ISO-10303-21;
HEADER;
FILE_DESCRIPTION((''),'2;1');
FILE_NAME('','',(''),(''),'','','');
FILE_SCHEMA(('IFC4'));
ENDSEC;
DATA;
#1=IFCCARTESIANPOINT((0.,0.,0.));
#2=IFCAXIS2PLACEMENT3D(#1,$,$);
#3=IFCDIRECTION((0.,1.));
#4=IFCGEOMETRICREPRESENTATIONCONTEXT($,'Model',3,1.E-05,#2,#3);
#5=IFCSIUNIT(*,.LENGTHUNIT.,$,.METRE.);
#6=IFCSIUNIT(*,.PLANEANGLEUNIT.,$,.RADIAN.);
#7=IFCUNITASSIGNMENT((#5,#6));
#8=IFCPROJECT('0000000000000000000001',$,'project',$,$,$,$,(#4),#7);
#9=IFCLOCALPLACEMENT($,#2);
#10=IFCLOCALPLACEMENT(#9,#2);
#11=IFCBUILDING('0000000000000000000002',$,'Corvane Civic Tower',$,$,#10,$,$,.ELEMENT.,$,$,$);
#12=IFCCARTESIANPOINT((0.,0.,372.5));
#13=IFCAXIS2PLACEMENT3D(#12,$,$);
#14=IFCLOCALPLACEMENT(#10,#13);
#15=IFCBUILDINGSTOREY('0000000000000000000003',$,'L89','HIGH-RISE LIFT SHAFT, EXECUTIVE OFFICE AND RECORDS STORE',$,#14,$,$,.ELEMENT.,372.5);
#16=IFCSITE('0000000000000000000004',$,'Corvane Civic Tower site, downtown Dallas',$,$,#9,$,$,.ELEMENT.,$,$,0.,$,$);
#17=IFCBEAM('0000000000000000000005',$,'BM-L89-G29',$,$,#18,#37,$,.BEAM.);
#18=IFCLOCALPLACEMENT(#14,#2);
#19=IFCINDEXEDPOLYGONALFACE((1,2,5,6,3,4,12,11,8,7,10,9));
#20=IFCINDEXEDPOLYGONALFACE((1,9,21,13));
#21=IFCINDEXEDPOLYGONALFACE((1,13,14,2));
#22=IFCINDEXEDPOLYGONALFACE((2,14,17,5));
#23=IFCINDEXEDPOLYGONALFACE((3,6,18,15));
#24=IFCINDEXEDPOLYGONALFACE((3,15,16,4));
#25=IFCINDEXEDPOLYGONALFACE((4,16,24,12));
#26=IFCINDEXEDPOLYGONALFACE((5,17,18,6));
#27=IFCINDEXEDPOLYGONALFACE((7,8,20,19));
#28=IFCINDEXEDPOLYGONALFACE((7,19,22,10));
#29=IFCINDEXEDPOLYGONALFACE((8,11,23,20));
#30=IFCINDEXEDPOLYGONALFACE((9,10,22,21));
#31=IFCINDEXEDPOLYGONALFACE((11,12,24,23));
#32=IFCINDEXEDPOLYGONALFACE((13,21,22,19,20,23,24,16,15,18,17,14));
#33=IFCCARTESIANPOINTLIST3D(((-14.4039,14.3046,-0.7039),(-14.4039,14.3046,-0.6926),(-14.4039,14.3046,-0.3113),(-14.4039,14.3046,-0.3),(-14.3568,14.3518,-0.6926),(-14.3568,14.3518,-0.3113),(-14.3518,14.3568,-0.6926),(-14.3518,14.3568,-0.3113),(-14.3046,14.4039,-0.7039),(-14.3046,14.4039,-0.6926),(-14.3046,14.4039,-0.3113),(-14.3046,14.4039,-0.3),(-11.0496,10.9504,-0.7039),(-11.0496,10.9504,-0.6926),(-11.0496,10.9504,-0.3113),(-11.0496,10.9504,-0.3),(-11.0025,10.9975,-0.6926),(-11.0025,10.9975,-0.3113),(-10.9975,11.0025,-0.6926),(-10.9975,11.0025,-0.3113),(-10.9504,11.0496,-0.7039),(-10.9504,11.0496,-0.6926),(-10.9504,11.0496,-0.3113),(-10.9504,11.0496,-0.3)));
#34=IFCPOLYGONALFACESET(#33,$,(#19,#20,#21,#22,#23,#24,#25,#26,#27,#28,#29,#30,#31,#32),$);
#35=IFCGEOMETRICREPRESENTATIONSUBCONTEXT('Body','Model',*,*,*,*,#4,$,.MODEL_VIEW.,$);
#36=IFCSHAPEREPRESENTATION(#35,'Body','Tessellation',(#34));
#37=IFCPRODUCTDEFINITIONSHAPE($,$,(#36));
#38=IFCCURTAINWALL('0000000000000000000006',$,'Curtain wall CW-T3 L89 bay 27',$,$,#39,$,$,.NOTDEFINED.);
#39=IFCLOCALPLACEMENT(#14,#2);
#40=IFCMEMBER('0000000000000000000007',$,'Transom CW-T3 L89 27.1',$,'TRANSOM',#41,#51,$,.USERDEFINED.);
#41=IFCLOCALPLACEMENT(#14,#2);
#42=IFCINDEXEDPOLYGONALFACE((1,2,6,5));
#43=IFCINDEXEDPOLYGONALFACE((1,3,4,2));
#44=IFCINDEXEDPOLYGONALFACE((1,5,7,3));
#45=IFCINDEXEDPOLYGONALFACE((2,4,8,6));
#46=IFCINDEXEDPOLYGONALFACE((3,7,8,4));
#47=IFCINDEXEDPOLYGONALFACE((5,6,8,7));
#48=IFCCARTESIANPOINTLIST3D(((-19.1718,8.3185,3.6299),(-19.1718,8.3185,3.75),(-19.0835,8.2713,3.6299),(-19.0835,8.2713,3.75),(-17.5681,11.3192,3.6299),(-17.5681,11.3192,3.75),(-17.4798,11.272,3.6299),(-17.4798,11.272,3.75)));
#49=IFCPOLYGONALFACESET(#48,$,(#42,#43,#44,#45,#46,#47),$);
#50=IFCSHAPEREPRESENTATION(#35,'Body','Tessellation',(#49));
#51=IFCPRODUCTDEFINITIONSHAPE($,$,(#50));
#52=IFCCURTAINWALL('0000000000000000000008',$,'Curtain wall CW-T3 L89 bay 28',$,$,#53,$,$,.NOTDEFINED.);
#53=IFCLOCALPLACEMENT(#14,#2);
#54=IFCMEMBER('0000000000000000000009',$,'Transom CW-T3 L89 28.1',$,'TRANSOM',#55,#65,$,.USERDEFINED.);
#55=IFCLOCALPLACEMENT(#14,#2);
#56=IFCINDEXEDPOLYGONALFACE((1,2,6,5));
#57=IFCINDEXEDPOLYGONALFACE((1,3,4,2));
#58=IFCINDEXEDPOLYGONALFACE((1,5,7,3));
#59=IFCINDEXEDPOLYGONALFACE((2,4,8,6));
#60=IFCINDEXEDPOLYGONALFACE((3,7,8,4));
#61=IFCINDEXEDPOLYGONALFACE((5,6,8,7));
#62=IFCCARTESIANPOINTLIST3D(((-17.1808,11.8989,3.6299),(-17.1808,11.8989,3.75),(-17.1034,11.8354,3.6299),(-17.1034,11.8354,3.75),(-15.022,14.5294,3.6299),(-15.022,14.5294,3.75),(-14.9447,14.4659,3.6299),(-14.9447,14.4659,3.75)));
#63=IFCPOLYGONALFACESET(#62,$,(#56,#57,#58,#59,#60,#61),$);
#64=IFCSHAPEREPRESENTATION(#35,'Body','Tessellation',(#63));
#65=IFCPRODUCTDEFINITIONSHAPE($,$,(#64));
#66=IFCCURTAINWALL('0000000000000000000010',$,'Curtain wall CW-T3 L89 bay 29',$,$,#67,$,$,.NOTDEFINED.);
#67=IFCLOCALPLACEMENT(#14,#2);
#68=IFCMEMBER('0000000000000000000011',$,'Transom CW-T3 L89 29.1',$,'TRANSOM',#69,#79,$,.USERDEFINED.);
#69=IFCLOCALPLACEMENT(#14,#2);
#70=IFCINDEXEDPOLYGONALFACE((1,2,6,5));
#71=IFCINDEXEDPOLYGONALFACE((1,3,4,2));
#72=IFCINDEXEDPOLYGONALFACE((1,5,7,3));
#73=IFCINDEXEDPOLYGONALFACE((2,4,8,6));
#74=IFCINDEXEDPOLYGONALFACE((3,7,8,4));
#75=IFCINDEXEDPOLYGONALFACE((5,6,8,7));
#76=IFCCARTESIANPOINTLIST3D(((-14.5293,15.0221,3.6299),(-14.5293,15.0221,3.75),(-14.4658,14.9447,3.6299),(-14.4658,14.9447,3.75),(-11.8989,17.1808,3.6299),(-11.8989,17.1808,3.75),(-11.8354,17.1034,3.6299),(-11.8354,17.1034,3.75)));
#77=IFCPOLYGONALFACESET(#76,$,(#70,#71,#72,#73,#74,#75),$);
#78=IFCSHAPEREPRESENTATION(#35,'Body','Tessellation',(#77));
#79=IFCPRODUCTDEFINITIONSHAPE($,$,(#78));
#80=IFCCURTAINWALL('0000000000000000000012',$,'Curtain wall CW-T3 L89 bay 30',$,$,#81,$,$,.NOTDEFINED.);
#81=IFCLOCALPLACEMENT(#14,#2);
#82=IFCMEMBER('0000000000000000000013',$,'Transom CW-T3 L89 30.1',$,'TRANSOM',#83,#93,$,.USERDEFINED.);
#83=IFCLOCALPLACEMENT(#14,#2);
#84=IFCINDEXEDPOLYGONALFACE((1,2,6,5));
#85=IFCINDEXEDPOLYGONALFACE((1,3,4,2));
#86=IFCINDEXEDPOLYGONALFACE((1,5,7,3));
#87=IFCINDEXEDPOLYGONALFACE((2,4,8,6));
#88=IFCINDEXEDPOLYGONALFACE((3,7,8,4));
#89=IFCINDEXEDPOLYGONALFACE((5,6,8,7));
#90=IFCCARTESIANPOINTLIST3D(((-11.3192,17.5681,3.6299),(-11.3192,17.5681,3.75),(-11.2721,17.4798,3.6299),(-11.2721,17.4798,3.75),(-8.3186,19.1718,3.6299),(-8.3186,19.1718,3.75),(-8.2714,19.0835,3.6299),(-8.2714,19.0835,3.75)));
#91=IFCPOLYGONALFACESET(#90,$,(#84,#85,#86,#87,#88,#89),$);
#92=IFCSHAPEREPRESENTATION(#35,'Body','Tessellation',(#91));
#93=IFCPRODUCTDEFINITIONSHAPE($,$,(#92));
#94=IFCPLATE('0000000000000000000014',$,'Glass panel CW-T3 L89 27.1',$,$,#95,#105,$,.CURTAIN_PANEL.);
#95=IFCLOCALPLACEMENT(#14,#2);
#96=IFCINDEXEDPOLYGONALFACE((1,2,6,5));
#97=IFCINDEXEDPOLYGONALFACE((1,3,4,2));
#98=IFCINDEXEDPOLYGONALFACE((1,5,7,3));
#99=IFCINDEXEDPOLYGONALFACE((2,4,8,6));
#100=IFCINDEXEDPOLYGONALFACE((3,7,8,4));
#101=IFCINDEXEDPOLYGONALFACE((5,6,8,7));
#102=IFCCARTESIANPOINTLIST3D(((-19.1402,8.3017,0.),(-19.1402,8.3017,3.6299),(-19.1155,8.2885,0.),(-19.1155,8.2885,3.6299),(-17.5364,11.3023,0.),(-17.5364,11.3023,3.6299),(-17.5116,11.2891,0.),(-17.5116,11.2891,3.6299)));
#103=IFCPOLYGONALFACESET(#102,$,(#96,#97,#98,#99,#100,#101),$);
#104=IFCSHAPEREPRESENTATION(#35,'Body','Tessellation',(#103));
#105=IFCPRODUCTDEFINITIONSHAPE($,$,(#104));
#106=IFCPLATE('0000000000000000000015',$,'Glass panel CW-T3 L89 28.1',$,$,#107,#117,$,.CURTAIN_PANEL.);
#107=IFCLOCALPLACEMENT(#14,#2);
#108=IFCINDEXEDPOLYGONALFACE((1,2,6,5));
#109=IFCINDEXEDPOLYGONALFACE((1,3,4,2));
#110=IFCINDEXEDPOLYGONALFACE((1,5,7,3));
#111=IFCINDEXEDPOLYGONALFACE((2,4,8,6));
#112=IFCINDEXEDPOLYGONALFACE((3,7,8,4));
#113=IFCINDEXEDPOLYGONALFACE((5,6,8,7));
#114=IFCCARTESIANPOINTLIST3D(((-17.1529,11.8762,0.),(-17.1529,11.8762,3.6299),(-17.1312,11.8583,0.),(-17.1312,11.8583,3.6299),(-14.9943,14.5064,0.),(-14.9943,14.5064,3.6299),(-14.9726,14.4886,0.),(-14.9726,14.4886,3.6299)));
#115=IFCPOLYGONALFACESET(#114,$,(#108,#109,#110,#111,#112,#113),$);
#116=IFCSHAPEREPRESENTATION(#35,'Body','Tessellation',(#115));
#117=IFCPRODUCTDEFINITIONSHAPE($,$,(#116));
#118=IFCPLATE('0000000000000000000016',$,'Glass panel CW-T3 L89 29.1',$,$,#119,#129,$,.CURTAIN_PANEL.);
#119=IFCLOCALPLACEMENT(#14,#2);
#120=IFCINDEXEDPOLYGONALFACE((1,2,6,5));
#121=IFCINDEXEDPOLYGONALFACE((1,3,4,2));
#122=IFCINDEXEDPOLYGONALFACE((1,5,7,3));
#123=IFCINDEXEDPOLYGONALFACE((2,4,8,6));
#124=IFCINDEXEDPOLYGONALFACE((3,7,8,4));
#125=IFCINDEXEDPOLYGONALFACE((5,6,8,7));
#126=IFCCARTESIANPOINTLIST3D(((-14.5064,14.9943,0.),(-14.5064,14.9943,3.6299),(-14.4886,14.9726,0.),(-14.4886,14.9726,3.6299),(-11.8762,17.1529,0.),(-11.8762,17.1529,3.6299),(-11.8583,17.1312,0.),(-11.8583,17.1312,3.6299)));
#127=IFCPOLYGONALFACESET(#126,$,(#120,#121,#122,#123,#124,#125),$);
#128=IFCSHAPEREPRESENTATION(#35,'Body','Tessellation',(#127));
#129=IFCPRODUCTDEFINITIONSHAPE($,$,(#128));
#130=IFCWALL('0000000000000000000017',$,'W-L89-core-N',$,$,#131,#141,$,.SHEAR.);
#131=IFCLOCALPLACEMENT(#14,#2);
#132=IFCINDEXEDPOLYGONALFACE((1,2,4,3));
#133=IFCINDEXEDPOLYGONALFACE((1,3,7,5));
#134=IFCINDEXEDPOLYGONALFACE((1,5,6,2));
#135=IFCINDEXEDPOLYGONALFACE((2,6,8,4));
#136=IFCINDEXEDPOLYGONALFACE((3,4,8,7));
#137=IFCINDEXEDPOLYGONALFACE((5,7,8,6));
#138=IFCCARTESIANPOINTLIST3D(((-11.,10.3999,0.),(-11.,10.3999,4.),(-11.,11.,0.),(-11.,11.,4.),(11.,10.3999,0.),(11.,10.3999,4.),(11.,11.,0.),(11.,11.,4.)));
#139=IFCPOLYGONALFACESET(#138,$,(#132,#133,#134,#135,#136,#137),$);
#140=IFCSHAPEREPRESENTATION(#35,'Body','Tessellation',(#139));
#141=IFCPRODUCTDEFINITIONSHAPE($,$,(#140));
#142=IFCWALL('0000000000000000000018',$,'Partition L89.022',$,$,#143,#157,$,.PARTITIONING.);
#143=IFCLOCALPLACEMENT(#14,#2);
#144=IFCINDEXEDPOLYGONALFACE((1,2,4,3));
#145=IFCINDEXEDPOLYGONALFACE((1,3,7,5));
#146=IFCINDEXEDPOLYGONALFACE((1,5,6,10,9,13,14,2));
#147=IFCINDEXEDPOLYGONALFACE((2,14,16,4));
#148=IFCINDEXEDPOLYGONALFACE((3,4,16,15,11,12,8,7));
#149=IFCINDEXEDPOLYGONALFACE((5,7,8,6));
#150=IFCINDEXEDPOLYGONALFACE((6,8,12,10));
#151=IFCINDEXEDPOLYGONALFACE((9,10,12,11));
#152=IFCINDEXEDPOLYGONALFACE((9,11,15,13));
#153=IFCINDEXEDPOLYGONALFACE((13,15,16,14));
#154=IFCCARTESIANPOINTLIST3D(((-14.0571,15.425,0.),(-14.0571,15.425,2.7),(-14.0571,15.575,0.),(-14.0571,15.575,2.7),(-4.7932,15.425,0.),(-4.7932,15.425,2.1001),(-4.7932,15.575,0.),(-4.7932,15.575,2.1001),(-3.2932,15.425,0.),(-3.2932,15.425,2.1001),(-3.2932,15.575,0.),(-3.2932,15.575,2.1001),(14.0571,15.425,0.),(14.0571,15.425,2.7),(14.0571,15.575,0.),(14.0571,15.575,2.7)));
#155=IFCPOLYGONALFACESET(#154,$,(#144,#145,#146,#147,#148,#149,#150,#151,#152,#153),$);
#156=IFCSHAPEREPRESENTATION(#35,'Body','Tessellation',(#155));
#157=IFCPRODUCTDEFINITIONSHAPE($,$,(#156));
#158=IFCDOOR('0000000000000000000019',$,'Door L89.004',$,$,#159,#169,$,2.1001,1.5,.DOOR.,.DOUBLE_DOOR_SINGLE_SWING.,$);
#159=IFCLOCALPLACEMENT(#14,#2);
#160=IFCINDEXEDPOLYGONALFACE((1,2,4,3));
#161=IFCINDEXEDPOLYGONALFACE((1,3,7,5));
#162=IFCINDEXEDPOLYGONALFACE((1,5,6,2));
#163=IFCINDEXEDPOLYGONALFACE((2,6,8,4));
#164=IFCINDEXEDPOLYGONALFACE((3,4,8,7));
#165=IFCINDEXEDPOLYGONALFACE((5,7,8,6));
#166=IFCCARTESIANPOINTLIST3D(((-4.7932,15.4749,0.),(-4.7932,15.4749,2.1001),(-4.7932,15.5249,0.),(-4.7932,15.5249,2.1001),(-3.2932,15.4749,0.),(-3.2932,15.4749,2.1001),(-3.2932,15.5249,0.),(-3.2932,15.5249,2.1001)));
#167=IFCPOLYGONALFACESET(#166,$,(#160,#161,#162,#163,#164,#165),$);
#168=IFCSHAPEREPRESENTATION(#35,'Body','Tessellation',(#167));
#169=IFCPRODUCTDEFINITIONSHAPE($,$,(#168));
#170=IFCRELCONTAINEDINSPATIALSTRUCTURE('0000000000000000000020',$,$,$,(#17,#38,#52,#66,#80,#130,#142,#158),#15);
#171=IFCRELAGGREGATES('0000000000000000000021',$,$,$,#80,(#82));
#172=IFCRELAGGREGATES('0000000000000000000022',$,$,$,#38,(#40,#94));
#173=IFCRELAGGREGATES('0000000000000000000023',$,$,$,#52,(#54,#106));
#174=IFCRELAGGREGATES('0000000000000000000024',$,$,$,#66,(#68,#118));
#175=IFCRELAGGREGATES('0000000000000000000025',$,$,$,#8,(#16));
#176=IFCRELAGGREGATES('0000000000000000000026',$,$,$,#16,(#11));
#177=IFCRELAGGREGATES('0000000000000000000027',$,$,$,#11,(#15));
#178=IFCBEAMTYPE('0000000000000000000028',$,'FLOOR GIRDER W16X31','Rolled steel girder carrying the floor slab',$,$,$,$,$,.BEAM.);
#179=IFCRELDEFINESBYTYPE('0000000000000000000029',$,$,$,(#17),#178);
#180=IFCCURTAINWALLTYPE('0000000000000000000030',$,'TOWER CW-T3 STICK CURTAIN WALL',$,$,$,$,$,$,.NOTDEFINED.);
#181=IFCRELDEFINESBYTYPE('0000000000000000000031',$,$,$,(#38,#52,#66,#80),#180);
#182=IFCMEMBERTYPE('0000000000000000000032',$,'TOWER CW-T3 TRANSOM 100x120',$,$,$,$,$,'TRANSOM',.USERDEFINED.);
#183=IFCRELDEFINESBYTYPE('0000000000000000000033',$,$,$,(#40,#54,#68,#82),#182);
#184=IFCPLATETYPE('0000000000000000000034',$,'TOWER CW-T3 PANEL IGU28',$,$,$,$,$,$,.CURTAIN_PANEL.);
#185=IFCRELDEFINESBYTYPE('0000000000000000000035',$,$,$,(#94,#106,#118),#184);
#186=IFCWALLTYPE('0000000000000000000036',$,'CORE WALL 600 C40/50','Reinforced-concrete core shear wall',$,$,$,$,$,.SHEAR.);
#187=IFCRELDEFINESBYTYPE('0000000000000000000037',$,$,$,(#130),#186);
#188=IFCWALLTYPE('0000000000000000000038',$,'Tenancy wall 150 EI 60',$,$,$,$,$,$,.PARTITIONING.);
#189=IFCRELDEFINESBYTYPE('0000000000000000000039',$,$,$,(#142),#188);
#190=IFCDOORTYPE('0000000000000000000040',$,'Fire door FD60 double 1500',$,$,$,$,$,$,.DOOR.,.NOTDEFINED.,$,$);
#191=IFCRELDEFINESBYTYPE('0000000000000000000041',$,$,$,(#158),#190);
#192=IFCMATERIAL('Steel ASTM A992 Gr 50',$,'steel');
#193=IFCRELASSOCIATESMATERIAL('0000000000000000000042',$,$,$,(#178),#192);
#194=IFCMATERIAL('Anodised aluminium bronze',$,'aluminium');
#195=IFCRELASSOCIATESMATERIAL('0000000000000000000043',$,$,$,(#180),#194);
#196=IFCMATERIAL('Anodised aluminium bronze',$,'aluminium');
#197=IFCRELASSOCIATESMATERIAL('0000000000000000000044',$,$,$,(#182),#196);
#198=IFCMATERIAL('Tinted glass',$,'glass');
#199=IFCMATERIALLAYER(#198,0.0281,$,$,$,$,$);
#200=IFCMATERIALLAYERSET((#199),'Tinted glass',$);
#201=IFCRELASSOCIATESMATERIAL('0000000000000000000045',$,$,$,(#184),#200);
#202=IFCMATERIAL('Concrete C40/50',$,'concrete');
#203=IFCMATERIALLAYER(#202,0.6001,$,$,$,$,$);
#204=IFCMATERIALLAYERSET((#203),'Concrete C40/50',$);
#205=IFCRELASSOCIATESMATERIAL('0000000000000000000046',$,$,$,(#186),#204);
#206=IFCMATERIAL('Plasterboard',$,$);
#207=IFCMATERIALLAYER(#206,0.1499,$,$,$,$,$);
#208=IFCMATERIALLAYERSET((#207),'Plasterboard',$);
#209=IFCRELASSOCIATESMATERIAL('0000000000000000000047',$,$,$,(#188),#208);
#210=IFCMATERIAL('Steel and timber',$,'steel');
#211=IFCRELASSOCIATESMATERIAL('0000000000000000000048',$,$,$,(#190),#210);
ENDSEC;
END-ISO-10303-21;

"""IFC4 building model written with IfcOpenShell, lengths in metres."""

from ifc_helpers import new_model, si_unit, direction, frame, frame_2d, origin, origin_2d, place, context, subcontext, project, spatial, rectangle, i_section, extrude, material, layer, layer_set, material_profile, profile_set, type_object, element, fill, aggregate, save


model = new_model("IFC4")

# Units and contexts
model_context = context("Model", 3, precision=1e-05, world=origin(), true_north=direction((0.0, 1.0)))
body_context = subcontext(model_context, "Body", "Model", "MODEL_VIEW")
ifc_project = project(units=[si_unit("LENGTHUNIT", "METRE"), si_unit("PLANEANGLEUNIT", "RADIAN")], contexts=[model_context])

# Site, building, storey
site_placement = place(None, origin())
site = spatial("IfcSite", under=ifc_project, at=site_placement, Name="Corvane Civic Tower site, downtown Dallas", CompositionType="ELEMENT", RefElevation=0.0)
building_placement = place(site_placement, origin())
building = spatial("IfcBuilding", under=site, at=building_placement, Name="Corvane Civic Tower", CompositionType="ELEMENT")
storey_placement = place(building_placement, frame((0.0, 0.0, 372.5)))
storey = spatial("IfcBuildingStorey", under=building, at=storey_placement, Name="L89", Description="HIGH-RISE LIFT SHAFT, EXECUTIVE OFFICE AND RECORDS STORE", CompositionType="ELEMENT", Elevation=372.5)

# Beam
ifc_material_1 = material(Name="Steel ASTM A992 Gr 50", Category="steel")
ifc_material_profile_1 = material_profile(ifc_material_1, i_section(OverallWidth=0.1404, OverallDepth=0.4038, WebThickness=0.0071, FlangeThickness=0.0112, at=origin_2d()), Name="W16X31")
ifc_profile_set_1 = profile_set([ifc_material_profile_1], Name="Steel ASTM A992 Gr 50")
beam_type_1 = type_object("IfcBeamType", Name="FLOOR GIRDER W16X31", Description="Rolled steel girder carrying the floor slab", PredefinedType="BEAM", material=ifc_profile_set_1)
beam_placement = place(storey_placement, frame((-11.0, 11.0, -0.502), z_axis=(-0.707107, 0.707107, 0.0), x_axis=(-0.707107, -0.707107, 0.0)))
element("IfcBeam", 1, at=beam_placement, inside=storey, type_object=beam_type_1, Name="BM-L89-G29", PredefinedType="BEAM", context=body_context, shape_type="SweptSolid", body=[
    extrude(i_section(OverallWidth=0.1404, OverallDepth=0.4038, WebThickness=0.0071, FlangeThickness=0.0112, at=origin_2d()), origin(), (0.0, 0.0, 1.0), 4.7437),
])

# Curtain walls, members
ifc_material_2 = material(Name="Anodised aluminium bronze", Category="aluminium")
curtain_wall_type = type_object("IfcCurtainWallType", Name="TOWER CW-T3 STICK CURTAIN WALL", PredefinedType="NOTDEFINED", material=ifc_material_2)
curtain_wall_1_placement = place(storey_placement, origin())
curtain_wall_1 = element("IfcCurtainWall", 2, at=curtain_wall_1_placement, inside=storey, type_object=curtain_wall_type, Name="Curtain wall CW-T3 L89 bay 27", PredefinedType="NOTDEFINED")
ifc_material_3 = material(Name="Anodised aluminium bronze", Category="aluminium")
ifc_material_profile_2 = material_profile(ifc_material_3, rectangle(XDim=0.1001, YDim=0.1201, at=origin_2d()), Name="TOWER CW-T3 TRANSOM 100x120")
ifc_profile_set_2 = profile_set([ifc_material_profile_2], Name="Anodised aluminium bronze")
member_type = type_object("IfcMemberType", Name="TOWER CW-T3 TRANSOM 100x120", ElementType="TRANSOM", PredefinedType="USERDEFINED", material=ifc_profile_set_2)
member_1_placement = place(storey_placement, frame((-19.1277, 8.2949, 3.6899), z_axis=(0.471359, 0.881941, 0.0), x_axis=(-0.881941, 0.471359, 0.0)))
member_1 = element("IfcMember", 3, at=member_1_placement, type_object=member_type, Name="Transom CW-T3 L89 27.1", ObjectType="TRANSOM", PredefinedType="USERDEFINED", context=body_context, shape_type="SweptSolid", body=[
    extrude(rectangle(XDim=0.1001, YDim=0.1201, at=origin_2d()), origin(), (0.0, 0.0, 1.0), 3.4023),
])
curtain_wall_2_placement = place(storey_placement, origin())
curtain_wall_2 = element("IfcCurtainWall", 4, at=curtain_wall_2_placement, inside=storey, type_object=curtain_wall_type, Name="Curtain wall CW-T3 L89 bay 28", PredefinedType="NOTDEFINED")
member_2_placement = place(storey_placement, frame((-17.1421, 11.8672, 3.6899), z_axis=(0.634394, 0.77301, 0.0), x_axis=(-0.77301, 0.634394, 0.0)))
member_2 = element("IfcMember", 5, at=member_2_placement, type_object=member_type, Name="Transom CW-T3 L89 28.1", ObjectType="TRANSOM", PredefinedType="USERDEFINED", context=body_context, shape_type="SweptSolid", body=[
    extrude(rectangle(XDim=0.1001, YDim=0.1201, at=origin_2d()), origin(), (0.0, 0.0, 1.0), 3.4028),
])
curtain_wall_3_placement = place(storey_placement, origin())
curtain_wall_3 = element("IfcCurtainWall", 6, at=curtain_wall_3_placement, inside=storey, type_object=curtain_wall_type, Name="Curtain wall CW-T3 L89 bay 29", PredefinedType="NOTDEFINED")
member_3_placement = place(storey_placement, frame((-14.4976, 14.9834, 3.6899), z_axis=(0.77301, 0.634394, 0.0), x_axis=(-0.634394, 0.77301, 0.0)))
member_3 = element("IfcMember", 7, at=member_3_placement, type_object=member_type, Name="Transom CW-T3 L89 29.1", ObjectType="TRANSOM", PredefinedType="USERDEFINED", context=body_context, shape_type="SweptSolid", body=[
    extrude(rectangle(XDim=0.1001, YDim=0.1201, at=origin_2d()), origin(), (0.0, 0.0, 1.0), 3.4028),
])
curtain_wall_4_placement = place(storey_placement, origin())
curtain_wall_4 = element("IfcCurtainWall", 8, at=curtain_wall_4_placement, inside=storey, type_object=curtain_wall_type, Name="Curtain wall CW-T3 L89 bay 30", PredefinedType="NOTDEFINED")
member_4_placement = place(storey_placement, frame((-11.2957, 17.5239, 3.6899), z_axis=(0.881941, 0.471359, 0.0), x_axis=(-0.471359, 0.881941, 0.0)))
member_4 = element("IfcMember", 9, at=member_4_placement, type_object=member_type, Name="Transom CW-T3 L89 30.1", ObjectType="TRANSOM", PredefinedType="USERDEFINED", context=body_context, shape_type="SweptSolid", body=[
    extrude(rectangle(XDim=0.1001, YDim=0.1201, at=origin_2d()), origin(), (0.0, 0.0, 1.0), 3.4023),
])
aggregate(curtain_wall_4, [member_4])

# Plates
ifc_material_4 = material(Name="Tinted glass", Category="glass")
ifc_layer_1 = layer(ifc_material_4, 0.0281)
ifc_layer_set_1 = layer_set([ifc_layer_1], Name="Tinted glass")
plate_type = type_object("IfcPlateType", Name="TOWER CW-T3 PANEL IGU28", PredefinedType="CURTAIN_PANEL", material=ifc_layer_set_1)
plate_1_placement = place(storey_placement, frame((-18.3259, 9.7954, 0.0), z_axis=(0.0, 0.0, 1.0), x_axis=(0.471384, 0.881928, 0.0)))
plate_1 = element("IfcPlate", 10, at=plate_1_placement, type_object=plate_type, Name="Glass panel CW-T3 L89 27.1", PredefinedType="CURTAIN_PANEL", context=body_context, shape_type="SweptSolid", body=[
    extrude(rectangle(XDim=3.4023, YDim=0.0281, at=origin_2d()), origin(), (0.0, 0.0, 1.0), 3.6299),
])
aggregate(curtain_wall_1, [member_1, plate_1])
plate_2_placement = place(storey_placement, frame((-16.0627, 13.1824, 0.0), z_axis=(0.0, 0.0, 1.0), x_axis=(0.634393, 0.77301, 0.0)))
plate_2 = element("IfcPlate", 11, at=plate_2_placement, type_object=plate_type, Name="Glass panel CW-T3 L89 28.1", PredefinedType="CURTAIN_PANEL", context=body_context, shape_type="SweptSolid", body=[
    extrude(rectangle(XDim=3.4026, YDim=0.0281, at=origin_2d()), origin(), (0.0, 0.0, 1.0), 3.6299),
])
aggregate(curtain_wall_2, [member_2, plate_2])
plate_3_placement = place(storey_placement, frame((-13.1824, 16.0627, 0.0), z_axis=(0.0, 0.0, 1.0), x_axis=(0.77301, 0.634393, 0.0)))
plate_3 = element("IfcPlate", 12, at=plate_3_placement, type_object=plate_type, Name="Glass panel CW-T3 L89 29.1", PredefinedType="CURTAIN_PANEL", context=body_context, shape_type="SweptSolid", body=[
    extrude(rectangle(XDim=3.4026, YDim=0.0281, at=origin_2d()), origin(), (0.0, 0.0, 1.0), 3.6299),
])
aggregate(curtain_wall_3, [member_3, plate_3])

# Wall
ifc_material_5 = material(Name="Concrete C40/50", Category="concrete")
ifc_layer_2 = layer(ifc_material_5, 0.6001)
ifc_layer_set_2 = layer_set([ifc_layer_2], Name="Concrete C40/50")
wall_type_1 = type_object("IfcWallType", Name="CORE WALL 600 C40/50", Description="Reinforced-concrete core shear wall", PredefinedType="SHEAR", material=ifc_layer_set_2)
wall_1_placement = place(storey_placement, frame((-11.0, 10.7, 0.0), z_axis=(0.0, 0.0, 1.0), x_axis=(1.0, 0.0, 0.0)))
element("IfcWall", 13, at=wall_1_placement, inside=storey, type_object=wall_type_1, Name="W-L89-core-N", PredefinedType="SHEAR", context=body_context, shape_type="SweptSolid", body=[
    extrude(rectangle(XDim=22.0, YDim=0.6001, at=frame_2d((11.0, 0.0))), origin(), (0.0, 0.0, 1.0), 4.0),
])

# Wall, opening, door
ifc_material_6 = material(Name="Plasterboard")
ifc_layer_3 = layer(ifc_material_6, 0.1499)
ifc_layer_set_3 = layer_set([ifc_layer_3], Name="Plasterboard")
wall_type_2 = type_object("IfcWallType", Name="Tenancy wall 150 EI 60", PredefinedType="PARTITIONING", material=ifc_layer_set_3)
wall_2_placement = place(storey_placement, frame((-14.0571, 15.5, 0.0), z_axis=(0.0, 0.0, 1.0), x_axis=(1.0, 0.0, 0.0)))
wall_2 = element("IfcWall", 14, at=wall_2_placement, inside=storey, type_object=wall_type_2, Name="Partition L89.022", PredefinedType="PARTITIONING", context=body_context, shape_type="SweptSolid", body=[
    extrude(rectangle(XDim=28.1143, YDim=0.1499, at=frame_2d((14.0571, 0.0))), origin(), (0.0, 0.0, 1.0), 2.7),
])
opening_placement = place(wall_2_placement, frame((9.2639, 0.0, 0.0)))
opening = element("IfcOpeningElement", 15, at=opening_placement, cuts=wall_2, PredefinedType="OPENING", context=body_context, shape_type="SweptSolid", body=[
    extrude(rectangle(XDim=1.5, YDim=2.1001, at=frame_2d((0.75, 1.05))), frame((0.0, 0.085, 0.0), z_axis=(0.0, -1.0, 0.0), x_axis=(1.0, 0.0, 0.0)), (0.0, 0.0, 1.0), 0.1699),
])
ifc_material_7 = material(Name="Steel and timber", Category="steel")
door_type = type_object("IfcDoorType", Name="Fire door FD60 double 1500", OperationType="NOTDEFINED", PredefinedType="DOOR", material=ifc_material_7)
door_placement = place(opening_placement, origin())
door = element("IfcDoor", 16, at=door_placement, inside=storey, type_object=door_type, Name="Door L89.004", OperationType="DOUBLE_DOOR_SINGLE_SWING", OverallHeight=2.1001, OverallWidth=1.5, PredefinedType="DOOR", context=body_context, shape_type="SweptSolid", body=[
    extrude(rectangle(XDim=1.5, YDim=2.1001, at=frame_2d((0.75, 1.05))), frame((0.0, 0.0249, 0.0), z_axis=(0.0, -1.0, 0.0), x_axis=(1.0, 0.0, 0.0)), (0.0, 0.0, 1.0), 0.05),
])
fill(opening, door)

save(model, "model.ifc")
